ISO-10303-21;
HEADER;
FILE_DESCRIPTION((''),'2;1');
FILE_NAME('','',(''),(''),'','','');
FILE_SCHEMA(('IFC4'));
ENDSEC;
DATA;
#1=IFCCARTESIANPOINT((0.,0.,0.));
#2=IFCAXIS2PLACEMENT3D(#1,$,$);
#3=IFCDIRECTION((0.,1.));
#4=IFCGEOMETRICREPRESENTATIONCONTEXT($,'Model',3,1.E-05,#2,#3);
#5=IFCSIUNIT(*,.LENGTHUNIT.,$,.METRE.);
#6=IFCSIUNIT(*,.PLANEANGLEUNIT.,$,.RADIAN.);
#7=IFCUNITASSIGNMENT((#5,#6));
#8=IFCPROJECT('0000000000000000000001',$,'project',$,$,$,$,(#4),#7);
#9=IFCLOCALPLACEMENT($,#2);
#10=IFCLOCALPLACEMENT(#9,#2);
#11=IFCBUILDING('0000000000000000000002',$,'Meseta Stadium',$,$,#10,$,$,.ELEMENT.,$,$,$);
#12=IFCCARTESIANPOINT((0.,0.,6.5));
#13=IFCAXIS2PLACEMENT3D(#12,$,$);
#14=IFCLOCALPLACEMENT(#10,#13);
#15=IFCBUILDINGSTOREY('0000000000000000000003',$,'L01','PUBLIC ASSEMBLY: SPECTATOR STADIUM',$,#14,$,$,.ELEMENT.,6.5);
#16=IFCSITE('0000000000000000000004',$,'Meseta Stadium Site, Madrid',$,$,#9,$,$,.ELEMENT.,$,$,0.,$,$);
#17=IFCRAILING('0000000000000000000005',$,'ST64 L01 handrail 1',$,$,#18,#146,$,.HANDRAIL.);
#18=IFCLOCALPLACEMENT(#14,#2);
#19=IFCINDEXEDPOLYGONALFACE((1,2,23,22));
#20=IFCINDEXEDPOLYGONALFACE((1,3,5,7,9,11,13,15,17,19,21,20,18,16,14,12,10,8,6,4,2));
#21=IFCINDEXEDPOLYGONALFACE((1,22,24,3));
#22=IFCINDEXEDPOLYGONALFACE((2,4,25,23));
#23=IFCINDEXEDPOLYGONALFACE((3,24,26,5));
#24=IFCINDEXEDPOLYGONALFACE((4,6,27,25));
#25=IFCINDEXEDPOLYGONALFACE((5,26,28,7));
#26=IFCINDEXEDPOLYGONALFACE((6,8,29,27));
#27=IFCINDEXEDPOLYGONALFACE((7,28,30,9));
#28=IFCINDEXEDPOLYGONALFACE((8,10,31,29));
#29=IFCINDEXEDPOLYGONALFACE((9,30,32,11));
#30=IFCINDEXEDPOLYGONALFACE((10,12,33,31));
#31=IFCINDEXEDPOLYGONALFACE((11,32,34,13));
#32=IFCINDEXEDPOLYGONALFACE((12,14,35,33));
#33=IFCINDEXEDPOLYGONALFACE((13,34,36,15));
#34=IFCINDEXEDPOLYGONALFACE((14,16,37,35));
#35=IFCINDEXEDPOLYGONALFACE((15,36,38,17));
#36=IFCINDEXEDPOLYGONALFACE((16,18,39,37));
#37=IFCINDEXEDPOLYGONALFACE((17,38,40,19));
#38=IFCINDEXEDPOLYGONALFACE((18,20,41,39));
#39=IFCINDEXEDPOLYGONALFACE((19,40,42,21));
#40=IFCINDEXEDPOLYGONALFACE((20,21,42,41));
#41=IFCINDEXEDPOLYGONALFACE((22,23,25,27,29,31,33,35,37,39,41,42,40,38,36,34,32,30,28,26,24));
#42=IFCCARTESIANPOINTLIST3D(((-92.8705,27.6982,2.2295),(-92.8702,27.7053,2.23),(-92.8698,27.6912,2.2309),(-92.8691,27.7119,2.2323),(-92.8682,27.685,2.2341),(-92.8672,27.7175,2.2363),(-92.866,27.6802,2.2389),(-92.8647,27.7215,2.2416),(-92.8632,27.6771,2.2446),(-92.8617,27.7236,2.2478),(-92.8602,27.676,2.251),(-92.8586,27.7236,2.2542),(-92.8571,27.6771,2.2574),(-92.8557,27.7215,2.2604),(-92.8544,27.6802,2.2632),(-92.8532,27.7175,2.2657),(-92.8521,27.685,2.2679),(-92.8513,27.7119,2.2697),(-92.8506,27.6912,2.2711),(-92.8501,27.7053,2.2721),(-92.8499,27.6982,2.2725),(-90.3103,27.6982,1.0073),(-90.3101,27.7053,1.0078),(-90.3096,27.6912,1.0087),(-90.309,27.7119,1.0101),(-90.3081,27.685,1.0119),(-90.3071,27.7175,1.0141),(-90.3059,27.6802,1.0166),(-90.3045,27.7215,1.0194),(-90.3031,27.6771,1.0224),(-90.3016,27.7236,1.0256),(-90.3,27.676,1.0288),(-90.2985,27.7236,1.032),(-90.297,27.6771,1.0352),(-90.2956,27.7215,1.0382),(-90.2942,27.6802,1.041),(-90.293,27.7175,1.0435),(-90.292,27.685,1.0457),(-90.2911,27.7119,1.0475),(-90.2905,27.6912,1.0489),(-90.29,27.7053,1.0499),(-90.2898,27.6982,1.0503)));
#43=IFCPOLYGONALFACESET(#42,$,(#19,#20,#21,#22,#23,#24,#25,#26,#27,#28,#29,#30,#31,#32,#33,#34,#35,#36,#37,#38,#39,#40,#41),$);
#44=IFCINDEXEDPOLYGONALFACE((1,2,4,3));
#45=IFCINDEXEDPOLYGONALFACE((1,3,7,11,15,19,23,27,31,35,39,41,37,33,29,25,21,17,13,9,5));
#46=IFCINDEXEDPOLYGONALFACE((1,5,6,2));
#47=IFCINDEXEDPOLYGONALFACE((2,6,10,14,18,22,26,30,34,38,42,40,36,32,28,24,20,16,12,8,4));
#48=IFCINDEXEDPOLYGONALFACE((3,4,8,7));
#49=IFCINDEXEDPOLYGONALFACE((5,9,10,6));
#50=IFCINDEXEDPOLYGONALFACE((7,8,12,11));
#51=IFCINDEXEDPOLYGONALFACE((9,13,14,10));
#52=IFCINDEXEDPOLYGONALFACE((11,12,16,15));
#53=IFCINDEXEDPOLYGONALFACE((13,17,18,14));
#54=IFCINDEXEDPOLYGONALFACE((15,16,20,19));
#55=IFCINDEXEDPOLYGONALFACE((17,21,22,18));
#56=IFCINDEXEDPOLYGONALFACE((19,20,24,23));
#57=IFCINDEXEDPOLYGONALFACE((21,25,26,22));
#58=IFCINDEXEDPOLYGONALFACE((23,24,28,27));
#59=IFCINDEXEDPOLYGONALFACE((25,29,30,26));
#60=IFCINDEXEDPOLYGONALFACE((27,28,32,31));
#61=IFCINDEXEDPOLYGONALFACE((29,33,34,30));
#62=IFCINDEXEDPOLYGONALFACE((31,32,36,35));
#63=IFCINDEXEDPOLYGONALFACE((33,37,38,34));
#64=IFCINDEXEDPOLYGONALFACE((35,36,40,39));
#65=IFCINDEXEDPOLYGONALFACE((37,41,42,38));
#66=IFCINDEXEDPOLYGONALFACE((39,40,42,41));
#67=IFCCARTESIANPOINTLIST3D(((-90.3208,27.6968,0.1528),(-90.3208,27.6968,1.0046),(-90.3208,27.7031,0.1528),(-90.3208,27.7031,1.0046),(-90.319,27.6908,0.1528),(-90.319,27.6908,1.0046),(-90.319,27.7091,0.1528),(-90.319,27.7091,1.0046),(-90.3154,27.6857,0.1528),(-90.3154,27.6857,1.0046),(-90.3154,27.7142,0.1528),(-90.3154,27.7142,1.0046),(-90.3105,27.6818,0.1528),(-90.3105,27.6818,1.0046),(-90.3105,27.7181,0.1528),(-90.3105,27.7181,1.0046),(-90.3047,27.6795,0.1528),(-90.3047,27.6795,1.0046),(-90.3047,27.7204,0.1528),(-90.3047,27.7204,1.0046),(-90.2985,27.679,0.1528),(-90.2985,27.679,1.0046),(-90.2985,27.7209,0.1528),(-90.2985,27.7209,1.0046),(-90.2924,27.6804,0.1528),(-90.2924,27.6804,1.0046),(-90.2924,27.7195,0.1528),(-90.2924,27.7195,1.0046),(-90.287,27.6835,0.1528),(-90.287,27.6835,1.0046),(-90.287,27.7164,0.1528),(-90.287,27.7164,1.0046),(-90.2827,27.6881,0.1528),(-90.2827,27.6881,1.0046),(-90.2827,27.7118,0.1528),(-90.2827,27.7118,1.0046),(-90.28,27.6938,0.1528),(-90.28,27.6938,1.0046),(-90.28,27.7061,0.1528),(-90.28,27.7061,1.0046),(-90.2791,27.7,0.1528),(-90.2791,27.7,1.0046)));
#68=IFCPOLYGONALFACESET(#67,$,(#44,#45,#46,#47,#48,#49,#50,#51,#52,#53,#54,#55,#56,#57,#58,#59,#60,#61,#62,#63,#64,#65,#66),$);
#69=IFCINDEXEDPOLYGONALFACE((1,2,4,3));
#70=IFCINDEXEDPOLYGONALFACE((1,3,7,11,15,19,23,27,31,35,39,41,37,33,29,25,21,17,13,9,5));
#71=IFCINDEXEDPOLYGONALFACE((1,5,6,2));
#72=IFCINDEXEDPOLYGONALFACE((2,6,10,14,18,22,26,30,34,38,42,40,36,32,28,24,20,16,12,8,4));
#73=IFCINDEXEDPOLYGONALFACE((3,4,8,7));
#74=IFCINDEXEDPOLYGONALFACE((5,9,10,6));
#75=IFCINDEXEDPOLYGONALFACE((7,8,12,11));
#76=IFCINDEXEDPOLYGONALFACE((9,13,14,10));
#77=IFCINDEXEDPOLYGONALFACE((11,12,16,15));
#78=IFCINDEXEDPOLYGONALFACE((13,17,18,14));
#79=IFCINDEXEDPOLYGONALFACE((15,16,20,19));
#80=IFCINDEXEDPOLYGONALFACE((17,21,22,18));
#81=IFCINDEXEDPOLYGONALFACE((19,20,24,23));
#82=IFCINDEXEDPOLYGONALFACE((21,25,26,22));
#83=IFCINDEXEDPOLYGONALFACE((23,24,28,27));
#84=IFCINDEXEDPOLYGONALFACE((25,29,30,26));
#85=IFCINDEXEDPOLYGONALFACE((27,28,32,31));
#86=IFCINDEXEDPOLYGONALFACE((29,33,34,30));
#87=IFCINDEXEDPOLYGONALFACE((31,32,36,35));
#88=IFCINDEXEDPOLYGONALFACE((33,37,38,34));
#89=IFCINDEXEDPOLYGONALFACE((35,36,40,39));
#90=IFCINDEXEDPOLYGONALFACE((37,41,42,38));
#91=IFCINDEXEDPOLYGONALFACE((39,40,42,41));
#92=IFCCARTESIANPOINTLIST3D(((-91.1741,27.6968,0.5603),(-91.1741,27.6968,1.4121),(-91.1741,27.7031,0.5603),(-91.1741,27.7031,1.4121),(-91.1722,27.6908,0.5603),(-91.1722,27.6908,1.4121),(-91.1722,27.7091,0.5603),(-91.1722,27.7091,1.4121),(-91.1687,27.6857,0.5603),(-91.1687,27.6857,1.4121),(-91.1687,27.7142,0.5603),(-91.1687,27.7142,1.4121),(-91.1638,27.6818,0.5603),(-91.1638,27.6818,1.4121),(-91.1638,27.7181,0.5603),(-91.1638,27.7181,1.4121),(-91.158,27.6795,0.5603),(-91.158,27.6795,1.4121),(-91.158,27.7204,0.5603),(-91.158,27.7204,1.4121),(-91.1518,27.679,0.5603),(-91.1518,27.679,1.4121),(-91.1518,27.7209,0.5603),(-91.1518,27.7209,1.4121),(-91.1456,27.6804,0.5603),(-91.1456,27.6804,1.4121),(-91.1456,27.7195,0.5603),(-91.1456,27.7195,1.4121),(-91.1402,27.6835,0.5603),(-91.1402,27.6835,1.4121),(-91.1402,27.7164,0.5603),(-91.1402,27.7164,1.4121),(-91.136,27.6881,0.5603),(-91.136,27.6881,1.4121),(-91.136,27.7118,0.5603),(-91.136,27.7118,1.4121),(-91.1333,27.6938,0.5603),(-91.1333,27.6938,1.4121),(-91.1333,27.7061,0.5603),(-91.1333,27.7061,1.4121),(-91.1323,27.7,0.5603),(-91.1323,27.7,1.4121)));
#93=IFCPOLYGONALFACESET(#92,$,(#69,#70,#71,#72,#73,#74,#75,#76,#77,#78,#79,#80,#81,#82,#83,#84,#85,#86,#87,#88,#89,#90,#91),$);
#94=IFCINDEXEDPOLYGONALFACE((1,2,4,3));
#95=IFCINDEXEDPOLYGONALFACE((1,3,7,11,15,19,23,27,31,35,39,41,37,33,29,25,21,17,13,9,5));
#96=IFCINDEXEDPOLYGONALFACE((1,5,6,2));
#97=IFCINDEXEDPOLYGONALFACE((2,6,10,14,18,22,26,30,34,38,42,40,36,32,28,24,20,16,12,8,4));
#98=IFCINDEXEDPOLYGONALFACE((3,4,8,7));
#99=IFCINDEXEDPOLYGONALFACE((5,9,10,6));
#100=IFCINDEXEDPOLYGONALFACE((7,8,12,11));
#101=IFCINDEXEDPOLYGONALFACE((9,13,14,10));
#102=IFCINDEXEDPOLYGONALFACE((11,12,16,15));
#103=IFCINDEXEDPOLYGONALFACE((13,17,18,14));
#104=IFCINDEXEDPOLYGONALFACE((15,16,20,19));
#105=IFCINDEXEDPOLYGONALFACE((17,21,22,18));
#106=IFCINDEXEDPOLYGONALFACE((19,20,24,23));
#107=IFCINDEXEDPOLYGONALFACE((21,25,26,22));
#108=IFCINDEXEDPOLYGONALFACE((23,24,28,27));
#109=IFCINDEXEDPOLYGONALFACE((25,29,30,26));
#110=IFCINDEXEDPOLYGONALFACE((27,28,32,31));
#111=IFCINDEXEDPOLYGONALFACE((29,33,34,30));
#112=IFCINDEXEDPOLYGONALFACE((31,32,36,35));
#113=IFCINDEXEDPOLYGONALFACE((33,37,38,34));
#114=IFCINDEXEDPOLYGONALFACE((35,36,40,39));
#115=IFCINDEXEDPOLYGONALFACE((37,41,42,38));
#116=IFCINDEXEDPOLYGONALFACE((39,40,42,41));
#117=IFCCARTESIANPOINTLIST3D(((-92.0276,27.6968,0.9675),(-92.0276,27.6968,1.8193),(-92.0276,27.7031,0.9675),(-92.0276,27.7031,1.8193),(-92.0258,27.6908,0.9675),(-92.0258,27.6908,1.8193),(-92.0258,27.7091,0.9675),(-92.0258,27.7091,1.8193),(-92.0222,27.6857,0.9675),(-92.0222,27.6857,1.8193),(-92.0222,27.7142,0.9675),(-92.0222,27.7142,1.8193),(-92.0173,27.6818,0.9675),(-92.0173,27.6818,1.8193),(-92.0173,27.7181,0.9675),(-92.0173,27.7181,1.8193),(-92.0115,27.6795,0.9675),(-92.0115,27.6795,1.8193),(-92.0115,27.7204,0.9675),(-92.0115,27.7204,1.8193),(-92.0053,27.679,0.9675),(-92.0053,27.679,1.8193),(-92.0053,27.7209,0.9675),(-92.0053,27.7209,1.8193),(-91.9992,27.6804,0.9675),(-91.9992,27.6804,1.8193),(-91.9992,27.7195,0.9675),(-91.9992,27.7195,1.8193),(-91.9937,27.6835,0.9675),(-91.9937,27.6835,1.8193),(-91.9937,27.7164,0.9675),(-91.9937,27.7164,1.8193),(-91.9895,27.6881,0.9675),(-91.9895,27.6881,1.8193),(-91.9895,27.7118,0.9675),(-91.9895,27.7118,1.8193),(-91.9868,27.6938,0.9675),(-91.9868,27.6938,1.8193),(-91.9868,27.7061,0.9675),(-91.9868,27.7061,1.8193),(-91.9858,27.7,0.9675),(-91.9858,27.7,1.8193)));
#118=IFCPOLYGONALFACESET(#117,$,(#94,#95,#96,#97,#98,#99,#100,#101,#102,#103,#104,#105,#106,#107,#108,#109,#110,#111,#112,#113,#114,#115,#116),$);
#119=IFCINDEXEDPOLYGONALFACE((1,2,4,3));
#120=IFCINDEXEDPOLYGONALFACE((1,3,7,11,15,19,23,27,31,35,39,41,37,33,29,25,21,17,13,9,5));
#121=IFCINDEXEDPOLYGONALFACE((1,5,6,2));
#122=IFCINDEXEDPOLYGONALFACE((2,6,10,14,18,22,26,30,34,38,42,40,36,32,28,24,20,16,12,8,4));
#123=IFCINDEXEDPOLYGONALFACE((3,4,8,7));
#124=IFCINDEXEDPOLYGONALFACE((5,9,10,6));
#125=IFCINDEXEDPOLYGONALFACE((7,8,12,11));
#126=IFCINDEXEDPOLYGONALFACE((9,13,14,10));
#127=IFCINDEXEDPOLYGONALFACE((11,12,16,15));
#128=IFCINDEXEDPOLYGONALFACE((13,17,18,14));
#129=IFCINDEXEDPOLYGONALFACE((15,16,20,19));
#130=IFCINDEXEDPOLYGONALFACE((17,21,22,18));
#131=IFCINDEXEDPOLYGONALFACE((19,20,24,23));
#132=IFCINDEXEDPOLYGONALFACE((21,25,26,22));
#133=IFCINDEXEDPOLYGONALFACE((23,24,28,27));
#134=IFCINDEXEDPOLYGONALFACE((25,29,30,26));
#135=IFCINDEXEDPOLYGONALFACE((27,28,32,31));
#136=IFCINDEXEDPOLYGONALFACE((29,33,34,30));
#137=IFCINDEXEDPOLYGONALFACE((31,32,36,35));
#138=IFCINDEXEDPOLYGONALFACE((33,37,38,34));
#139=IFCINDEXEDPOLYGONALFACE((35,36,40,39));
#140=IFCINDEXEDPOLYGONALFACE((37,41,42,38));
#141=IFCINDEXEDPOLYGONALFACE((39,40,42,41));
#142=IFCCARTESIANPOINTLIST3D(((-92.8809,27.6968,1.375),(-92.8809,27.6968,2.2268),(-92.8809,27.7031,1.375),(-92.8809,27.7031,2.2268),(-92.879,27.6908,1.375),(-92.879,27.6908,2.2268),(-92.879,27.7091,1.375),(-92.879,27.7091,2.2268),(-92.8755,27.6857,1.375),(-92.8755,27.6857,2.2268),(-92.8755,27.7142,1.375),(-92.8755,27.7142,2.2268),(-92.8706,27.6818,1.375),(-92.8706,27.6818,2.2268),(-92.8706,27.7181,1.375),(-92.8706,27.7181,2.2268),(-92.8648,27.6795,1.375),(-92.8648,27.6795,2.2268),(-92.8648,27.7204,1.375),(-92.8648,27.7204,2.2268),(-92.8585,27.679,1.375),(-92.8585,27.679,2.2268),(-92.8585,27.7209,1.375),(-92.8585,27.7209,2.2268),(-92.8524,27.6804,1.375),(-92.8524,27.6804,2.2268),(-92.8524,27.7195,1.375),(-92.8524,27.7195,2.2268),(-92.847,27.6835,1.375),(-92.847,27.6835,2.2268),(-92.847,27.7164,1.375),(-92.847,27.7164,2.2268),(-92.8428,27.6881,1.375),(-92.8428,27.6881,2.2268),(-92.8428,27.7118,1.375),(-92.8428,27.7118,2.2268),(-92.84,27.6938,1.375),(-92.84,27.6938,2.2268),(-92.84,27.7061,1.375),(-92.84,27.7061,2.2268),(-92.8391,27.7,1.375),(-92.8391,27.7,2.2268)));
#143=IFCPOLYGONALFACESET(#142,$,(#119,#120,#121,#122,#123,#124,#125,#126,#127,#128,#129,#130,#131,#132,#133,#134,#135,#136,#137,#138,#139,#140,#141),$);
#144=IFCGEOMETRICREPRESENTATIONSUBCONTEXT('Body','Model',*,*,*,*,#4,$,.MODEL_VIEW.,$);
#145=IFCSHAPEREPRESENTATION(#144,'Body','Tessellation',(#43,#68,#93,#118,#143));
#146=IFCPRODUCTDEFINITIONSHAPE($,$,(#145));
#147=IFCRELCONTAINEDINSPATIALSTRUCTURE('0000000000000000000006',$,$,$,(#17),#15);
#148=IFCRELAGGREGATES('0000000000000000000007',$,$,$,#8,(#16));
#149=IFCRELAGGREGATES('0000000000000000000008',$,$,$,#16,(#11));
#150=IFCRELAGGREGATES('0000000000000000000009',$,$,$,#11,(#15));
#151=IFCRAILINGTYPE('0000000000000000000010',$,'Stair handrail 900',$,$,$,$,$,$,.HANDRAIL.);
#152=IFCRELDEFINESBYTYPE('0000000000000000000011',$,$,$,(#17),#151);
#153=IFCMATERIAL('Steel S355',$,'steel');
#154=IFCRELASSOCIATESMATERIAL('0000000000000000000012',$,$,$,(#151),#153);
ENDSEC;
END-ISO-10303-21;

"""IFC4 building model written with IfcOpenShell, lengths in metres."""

from ifc_helpers import new_model, si_unit, direction, frame, origin, origin_2d, place, context, subcontext, project, spatial, circle, extrude, material, type_object, element, save


model = new_model("IFC4")

# Units and contexts
model_context = context("Model", 3, precision=1e-05, world=origin(), true_north=direction((0.0, 1.0)))
body_context = subcontext(model_context, "Body", "Model", "MODEL_VIEW")
ifc_project = project(units=[si_unit("LENGTHUNIT", "METRE"), si_unit("PLANEANGLEUNIT", "RADIAN")], contexts=[model_context])

# Site, building, storey
site_placement = place(None, origin())
site = spatial("IfcSite", under=ifc_project, at=site_placement, Name="Meseta Stadium Site, Madrid", CompositionType="ELEMENT", RefElevation=0.0)
building_placement = place(site_placement, origin())
building = spatial("IfcBuilding", under=site, at=building_placement, Name="Meseta Stadium", CompositionType="ELEMENT")
storey_placement = place(building_placement, frame((0.0, 0.0, 6.5)))
storey = spatial("IfcBuildingStorey", under=building, at=storey_placement, Name="L01", Description="PUBLIC ASSEMBLY: SPECTATOR STADIUM", CompositionType="ELEMENT", Elevation=6.5)

# Railing
ifc_material_1 = material(Name="Steel S355", Category="steel")
railing_type_1 = type_object("IfcRailingType", Name="Stair handrail 900", PredefinedType="HANDRAIL", material=ifc_material_1)
for number, where, name in (
    (1, (-90.3, 27.7, 0.1528), "ST64 L01 handrail 1"),
):
    element("IfcRailing", number, at=place(storey_placement, frame(where)), inside=storey, type_object=railing_type_1, Name=name, PredefinedType="HANDRAIL", context=body_context, shape_type="SweptSolid", body=[
        extrude(circle(Radius=0.0239, at=origin_2d()), frame((0.0, 0.0, 0.876), z_axis=(-0.902437, 0.0, 0.430822), x_axis=(0.0, -1.0, 0.0)), (0.0, 0.0, 1.0), 2.8369),
        extrude(circle(Radius=0.021, at=origin_2d()), origin(), (0.0, 0.0, 1.0), 0.8518),
        extrude(circle(Radius=0.021, at=origin_2d()), frame((-0.8533, 0.0, 0.4075)), (0.0, 0.0, 1.0), 0.8518),
        extrude(circle(Radius=0.021, at=origin_2d()), frame((-1.7068, 0.0, 0.8147)), (0.0, 0.0, 1.0), 0.8518),
        extrude(circle(Radius=0.021, at=origin_2d()), frame((-2.5601, 0.0, 1.2222)), (0.0, 0.0, 1.0), 0.8518),
    ])

save(model, "model.ifc")
